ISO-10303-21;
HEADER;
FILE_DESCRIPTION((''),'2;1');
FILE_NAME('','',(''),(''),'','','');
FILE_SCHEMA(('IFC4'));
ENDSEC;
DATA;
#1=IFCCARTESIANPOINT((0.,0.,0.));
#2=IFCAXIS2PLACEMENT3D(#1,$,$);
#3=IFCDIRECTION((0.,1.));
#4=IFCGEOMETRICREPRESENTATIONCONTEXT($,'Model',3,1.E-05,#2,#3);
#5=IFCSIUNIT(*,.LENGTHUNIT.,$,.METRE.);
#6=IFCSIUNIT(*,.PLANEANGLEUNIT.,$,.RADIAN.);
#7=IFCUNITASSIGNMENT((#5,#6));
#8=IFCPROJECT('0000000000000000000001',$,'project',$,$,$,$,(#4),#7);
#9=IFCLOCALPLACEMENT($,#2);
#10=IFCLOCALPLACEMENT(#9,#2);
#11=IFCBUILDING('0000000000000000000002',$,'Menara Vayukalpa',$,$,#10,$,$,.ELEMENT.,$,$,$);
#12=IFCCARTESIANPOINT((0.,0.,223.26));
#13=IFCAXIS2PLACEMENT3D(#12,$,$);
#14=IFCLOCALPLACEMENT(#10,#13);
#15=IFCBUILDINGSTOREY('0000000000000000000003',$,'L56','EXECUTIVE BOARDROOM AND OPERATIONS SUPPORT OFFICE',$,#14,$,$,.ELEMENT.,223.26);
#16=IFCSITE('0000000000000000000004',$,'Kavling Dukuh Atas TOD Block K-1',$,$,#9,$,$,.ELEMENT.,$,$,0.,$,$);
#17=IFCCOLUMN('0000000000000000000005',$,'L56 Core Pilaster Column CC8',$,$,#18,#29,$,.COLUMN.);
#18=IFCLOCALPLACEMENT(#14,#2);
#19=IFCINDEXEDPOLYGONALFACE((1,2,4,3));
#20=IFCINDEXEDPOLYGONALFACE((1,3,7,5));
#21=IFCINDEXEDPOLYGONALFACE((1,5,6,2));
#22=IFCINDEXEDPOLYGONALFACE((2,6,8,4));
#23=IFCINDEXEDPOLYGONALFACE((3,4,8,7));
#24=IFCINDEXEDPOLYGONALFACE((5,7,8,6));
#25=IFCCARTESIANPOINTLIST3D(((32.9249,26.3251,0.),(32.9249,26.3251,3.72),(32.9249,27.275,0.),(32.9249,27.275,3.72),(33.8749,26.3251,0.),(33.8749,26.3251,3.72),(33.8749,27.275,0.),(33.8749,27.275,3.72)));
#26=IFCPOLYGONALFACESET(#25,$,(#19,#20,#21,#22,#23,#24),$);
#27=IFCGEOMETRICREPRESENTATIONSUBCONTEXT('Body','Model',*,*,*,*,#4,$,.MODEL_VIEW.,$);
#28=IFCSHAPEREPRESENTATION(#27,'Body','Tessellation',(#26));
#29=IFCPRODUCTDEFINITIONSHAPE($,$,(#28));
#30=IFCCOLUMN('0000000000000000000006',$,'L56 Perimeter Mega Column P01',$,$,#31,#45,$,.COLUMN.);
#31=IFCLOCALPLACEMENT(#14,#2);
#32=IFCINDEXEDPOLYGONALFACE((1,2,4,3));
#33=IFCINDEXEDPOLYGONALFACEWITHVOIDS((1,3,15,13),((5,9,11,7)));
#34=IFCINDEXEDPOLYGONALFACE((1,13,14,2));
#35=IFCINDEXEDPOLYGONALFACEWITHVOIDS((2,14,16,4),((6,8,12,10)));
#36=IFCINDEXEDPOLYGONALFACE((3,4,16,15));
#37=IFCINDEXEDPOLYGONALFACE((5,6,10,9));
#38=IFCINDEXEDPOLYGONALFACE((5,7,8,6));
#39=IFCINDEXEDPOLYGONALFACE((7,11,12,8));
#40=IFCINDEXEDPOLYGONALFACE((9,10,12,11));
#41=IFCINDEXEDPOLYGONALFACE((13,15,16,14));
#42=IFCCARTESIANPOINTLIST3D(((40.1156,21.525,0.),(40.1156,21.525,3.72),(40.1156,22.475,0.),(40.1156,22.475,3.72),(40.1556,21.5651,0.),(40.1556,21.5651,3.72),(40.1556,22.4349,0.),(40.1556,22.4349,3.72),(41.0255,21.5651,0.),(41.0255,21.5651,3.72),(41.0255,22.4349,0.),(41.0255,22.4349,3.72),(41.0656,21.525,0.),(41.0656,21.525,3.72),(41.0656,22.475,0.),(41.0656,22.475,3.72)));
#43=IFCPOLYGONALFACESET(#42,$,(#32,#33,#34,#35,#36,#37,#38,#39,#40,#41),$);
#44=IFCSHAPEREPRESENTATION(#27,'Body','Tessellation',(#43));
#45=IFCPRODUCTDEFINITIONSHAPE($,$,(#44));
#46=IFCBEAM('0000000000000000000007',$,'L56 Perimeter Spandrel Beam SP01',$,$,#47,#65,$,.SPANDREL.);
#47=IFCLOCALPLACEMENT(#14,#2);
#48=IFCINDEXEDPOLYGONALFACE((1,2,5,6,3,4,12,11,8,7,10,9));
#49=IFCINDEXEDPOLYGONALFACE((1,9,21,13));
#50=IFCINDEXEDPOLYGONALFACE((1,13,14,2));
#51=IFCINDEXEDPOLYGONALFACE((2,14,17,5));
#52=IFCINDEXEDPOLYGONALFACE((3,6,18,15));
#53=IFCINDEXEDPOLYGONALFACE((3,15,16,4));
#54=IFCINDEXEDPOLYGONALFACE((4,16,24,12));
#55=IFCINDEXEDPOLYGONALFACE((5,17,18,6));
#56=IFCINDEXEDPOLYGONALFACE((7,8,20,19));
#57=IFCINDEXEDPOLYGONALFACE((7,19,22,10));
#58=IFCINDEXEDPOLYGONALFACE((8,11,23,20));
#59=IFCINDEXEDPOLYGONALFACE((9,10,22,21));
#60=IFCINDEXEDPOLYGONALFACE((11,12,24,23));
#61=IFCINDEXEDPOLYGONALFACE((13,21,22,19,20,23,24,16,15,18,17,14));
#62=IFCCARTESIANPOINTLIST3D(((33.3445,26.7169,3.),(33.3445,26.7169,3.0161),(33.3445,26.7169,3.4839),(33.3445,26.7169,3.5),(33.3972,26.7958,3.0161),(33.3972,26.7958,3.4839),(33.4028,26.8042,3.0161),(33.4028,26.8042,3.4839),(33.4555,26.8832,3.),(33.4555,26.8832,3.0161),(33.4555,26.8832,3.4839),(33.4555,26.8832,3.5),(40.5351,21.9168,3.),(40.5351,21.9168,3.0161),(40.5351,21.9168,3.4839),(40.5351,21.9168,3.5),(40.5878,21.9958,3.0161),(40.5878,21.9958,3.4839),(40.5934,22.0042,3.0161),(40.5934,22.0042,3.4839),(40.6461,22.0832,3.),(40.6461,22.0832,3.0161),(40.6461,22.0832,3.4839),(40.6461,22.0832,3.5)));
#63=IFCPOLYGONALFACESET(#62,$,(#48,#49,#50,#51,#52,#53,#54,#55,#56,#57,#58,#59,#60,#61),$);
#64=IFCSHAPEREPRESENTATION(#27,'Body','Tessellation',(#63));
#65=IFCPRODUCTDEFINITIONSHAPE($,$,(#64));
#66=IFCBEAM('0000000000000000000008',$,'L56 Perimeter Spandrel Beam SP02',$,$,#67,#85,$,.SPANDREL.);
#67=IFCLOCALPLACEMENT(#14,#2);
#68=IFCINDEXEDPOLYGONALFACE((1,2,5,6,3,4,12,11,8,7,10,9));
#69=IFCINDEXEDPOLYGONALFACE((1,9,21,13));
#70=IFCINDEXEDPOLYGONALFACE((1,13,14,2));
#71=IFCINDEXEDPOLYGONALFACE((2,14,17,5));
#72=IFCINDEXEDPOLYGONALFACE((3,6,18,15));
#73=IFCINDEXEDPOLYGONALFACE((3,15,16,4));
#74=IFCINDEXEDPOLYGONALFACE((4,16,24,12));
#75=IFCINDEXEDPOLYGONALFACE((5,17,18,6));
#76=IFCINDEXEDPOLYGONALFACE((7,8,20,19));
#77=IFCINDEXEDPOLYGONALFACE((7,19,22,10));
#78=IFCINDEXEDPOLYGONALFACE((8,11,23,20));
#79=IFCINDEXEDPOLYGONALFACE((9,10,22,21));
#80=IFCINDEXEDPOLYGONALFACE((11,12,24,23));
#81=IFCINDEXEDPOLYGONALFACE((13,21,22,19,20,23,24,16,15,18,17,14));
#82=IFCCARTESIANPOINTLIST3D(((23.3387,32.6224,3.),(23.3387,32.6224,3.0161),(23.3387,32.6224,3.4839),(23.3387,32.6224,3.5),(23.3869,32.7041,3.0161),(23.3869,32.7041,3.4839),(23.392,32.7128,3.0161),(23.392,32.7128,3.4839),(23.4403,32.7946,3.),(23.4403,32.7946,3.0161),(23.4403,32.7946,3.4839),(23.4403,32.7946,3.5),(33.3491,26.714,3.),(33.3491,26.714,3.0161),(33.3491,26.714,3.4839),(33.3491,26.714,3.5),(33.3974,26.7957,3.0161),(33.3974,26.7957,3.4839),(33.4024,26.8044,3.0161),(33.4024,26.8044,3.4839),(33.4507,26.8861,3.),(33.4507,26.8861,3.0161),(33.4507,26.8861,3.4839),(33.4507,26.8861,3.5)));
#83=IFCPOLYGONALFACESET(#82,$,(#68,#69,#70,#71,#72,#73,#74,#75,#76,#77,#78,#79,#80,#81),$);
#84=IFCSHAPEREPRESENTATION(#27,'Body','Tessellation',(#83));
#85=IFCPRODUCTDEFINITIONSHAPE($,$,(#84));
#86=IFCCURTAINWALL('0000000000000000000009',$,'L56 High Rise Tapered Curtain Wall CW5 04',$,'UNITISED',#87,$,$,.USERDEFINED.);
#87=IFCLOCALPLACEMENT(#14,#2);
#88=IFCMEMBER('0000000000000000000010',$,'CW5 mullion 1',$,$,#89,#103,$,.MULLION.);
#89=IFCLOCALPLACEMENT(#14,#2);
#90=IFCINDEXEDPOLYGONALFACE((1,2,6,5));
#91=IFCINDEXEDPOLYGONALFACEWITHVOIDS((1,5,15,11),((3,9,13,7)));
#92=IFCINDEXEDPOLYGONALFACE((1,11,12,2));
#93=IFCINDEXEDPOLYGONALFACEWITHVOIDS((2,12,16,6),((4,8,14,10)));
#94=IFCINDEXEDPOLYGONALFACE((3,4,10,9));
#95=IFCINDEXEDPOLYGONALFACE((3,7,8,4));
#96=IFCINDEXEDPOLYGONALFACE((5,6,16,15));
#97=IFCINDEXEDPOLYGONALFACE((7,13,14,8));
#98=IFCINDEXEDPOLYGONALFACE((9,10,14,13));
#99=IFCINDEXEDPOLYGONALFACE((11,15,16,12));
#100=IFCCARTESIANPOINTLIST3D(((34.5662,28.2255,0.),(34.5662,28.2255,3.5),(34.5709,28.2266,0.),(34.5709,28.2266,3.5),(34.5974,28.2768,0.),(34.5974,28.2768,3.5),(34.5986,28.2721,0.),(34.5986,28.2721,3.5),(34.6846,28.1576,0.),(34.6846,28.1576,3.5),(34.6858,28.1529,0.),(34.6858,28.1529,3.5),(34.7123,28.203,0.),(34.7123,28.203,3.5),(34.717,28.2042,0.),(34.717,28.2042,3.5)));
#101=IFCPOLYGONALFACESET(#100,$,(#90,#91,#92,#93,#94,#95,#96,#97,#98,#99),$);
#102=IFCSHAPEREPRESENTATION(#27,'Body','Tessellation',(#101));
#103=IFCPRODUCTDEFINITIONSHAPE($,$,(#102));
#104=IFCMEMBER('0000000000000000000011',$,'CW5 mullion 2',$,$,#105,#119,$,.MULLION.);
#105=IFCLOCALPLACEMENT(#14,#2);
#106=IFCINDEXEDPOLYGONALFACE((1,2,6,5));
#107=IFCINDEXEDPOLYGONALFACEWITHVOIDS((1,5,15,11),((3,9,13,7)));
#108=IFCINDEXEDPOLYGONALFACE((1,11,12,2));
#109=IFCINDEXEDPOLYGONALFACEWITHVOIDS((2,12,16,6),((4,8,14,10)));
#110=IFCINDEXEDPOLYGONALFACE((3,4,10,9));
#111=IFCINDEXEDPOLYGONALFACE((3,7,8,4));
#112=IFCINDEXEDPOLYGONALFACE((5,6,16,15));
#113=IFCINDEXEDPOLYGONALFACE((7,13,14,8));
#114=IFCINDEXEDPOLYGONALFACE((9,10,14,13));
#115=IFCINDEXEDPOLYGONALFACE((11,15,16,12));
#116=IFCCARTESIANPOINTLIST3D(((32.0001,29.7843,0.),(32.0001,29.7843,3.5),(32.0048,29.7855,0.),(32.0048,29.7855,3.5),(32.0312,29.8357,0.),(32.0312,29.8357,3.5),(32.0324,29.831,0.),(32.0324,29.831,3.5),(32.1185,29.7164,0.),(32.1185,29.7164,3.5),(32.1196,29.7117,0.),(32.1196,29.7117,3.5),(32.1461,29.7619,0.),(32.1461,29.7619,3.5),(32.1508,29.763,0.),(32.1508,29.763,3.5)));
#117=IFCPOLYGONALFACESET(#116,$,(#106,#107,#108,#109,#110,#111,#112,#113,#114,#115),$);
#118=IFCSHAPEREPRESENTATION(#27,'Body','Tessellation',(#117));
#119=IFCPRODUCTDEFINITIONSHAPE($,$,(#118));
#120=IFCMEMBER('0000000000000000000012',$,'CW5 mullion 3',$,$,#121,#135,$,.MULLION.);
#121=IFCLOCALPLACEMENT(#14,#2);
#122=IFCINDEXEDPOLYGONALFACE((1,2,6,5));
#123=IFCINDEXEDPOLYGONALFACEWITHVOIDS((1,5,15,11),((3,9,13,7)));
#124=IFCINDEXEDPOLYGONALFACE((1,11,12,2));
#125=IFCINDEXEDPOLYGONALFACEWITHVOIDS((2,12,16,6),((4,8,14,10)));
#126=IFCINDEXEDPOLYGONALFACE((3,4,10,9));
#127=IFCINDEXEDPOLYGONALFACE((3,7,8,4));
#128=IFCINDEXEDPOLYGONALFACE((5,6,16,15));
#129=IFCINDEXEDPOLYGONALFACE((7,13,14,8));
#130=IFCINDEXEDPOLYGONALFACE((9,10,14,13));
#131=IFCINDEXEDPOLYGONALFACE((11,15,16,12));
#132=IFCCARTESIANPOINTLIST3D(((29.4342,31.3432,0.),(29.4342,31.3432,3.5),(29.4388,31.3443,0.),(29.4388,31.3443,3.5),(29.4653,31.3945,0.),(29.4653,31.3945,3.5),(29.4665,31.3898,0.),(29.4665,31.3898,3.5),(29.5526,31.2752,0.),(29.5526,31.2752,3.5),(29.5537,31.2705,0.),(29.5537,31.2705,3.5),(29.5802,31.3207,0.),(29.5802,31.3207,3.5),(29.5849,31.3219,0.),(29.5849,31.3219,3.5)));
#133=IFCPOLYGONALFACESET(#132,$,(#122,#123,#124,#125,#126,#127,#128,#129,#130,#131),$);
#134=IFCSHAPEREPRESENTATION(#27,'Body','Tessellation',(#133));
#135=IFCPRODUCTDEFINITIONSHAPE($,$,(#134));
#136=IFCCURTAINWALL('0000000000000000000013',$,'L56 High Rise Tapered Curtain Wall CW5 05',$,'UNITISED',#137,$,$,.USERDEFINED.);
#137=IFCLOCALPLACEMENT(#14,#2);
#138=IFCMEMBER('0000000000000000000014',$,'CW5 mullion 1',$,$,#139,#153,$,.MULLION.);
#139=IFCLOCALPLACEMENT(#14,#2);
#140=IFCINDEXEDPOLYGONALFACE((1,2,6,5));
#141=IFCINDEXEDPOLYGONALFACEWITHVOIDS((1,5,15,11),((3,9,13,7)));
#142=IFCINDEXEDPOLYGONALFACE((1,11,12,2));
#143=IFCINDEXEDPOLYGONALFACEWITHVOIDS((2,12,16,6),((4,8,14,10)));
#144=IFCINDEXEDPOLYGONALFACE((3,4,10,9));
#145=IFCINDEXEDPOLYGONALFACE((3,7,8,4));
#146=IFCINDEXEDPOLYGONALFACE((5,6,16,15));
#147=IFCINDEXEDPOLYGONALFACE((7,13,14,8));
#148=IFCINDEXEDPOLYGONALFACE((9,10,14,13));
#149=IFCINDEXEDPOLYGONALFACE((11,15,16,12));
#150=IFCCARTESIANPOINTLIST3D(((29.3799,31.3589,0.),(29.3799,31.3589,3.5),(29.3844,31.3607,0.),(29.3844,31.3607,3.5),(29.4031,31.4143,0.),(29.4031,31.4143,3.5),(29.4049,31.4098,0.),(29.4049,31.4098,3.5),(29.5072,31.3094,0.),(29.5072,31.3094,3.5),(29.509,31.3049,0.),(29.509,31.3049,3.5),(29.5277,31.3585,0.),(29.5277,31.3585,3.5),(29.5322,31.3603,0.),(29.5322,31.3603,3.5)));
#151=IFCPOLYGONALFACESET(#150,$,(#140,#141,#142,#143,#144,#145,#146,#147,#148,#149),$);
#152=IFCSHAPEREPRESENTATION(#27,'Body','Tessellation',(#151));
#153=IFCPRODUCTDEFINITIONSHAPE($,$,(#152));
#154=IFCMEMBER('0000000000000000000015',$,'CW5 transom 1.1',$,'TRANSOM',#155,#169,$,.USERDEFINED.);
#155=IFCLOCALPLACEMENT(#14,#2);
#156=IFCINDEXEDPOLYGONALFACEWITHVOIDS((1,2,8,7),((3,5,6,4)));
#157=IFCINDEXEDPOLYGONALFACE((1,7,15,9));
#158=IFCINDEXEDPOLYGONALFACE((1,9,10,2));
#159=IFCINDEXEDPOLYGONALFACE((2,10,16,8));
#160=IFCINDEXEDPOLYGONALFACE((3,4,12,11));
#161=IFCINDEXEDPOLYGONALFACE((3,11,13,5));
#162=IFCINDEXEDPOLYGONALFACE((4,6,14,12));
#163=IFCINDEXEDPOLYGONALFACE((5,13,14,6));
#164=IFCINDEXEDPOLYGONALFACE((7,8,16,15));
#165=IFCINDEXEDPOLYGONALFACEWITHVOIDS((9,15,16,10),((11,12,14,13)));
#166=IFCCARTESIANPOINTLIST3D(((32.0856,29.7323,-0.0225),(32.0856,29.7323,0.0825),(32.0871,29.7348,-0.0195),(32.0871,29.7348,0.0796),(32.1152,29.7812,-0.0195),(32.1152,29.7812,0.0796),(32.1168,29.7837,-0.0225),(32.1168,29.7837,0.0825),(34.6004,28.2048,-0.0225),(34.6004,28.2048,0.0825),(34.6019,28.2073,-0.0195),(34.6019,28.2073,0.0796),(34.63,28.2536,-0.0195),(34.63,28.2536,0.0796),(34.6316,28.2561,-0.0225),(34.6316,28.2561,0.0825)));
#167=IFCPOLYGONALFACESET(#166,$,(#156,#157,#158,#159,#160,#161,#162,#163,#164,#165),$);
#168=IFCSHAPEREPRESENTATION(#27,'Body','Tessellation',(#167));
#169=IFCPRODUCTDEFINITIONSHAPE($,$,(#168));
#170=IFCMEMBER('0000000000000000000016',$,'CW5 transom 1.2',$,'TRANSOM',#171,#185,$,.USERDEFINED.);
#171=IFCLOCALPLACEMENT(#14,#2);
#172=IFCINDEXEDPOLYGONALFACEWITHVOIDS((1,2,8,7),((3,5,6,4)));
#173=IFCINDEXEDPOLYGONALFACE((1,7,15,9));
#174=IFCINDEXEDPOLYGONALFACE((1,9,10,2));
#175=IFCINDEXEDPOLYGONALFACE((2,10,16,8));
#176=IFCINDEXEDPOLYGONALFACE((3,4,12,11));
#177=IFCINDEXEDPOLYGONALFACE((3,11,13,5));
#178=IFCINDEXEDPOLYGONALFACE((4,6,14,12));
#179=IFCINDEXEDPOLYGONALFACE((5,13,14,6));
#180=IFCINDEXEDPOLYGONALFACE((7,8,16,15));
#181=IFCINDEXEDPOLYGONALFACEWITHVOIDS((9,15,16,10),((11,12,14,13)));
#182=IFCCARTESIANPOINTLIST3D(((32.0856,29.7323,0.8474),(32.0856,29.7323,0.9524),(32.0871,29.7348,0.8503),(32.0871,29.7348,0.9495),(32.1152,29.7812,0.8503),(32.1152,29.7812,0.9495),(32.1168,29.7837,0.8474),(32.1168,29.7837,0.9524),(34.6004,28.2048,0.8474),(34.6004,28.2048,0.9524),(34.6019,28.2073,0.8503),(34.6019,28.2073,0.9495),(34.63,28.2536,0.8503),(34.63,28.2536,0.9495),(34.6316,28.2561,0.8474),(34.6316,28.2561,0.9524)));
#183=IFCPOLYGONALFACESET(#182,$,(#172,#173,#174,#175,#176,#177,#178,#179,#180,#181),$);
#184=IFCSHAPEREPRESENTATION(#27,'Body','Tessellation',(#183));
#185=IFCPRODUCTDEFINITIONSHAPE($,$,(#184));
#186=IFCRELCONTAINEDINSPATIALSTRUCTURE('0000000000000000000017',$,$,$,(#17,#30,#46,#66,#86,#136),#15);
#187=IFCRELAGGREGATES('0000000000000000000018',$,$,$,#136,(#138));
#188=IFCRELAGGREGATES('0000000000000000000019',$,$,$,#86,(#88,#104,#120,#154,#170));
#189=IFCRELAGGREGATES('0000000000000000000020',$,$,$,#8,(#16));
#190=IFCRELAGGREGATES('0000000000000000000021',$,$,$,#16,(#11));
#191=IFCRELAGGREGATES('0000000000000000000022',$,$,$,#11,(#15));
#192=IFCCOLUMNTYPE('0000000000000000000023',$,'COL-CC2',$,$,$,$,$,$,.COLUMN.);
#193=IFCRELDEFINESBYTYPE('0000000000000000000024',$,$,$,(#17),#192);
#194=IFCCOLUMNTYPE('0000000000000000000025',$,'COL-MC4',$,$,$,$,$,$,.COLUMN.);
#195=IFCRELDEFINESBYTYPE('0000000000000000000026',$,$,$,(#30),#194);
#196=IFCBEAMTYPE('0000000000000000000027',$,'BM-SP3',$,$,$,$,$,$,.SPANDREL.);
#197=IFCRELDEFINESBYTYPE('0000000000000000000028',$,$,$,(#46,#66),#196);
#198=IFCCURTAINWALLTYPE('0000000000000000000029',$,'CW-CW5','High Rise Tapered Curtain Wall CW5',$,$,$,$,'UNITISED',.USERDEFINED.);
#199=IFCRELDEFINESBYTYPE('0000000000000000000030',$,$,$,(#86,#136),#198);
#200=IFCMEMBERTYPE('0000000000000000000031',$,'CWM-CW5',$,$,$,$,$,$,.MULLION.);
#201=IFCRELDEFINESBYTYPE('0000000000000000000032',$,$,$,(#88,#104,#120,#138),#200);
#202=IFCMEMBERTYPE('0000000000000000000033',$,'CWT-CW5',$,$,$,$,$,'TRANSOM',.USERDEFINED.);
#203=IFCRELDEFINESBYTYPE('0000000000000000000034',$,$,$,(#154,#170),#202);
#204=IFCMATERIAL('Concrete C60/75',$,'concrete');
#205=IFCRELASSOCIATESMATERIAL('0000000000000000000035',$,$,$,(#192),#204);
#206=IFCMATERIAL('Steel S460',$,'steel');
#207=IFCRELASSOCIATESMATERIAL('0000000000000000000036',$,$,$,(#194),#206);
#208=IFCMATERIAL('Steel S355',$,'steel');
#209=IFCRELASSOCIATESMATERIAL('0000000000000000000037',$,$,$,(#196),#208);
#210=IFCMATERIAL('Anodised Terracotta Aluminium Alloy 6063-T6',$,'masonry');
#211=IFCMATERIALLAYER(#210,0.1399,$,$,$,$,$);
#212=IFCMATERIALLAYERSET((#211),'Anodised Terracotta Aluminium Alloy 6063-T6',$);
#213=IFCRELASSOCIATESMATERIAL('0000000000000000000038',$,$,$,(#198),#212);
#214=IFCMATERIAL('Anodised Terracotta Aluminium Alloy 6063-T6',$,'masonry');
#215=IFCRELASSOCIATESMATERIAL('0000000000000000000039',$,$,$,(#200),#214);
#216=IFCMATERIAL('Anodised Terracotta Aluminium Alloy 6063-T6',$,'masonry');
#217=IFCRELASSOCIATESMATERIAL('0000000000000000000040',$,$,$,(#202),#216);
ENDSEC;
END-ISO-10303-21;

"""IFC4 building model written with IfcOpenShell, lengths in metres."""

from ifc_helpers import new_model, si_unit, direction, frame, origin, origin_2d, place, context, subcontext, project, spatial, rectangle, hollow_rectangle, i_section, extrude, material, layer, layer_set, material_profile, profile_set, type_object, element, aggregate, save


model = new_model("IFC4")

# Units and contexts
model_context = context("Model", 3, precision=1e-05, world=origin(), true_north=direction((0.0, 1.0)))
body_context = subcontext(model_context, "Body", "Model", "MODEL_VIEW")
ifc_project = project(units=[si_unit("LENGTHUNIT", "METRE"), si_unit("PLANEANGLEUNIT", "RADIAN")], contexts=[model_context])

# Site, building, storey
site_placement = place(None, origin())
site = spatial("IfcSite", under=ifc_project, at=site_placement, Name="Kavling Dukuh Atas TOD Block K-1", CompositionType="ELEMENT", RefElevation=0.0)
building_placement = place(site_placement, origin())
building = spatial("IfcBuilding", under=site, at=building_placement, Name="Menara Vayukalpa", CompositionType="ELEMENT")
storey_placement = place(building_placement, frame((0.0, 0.0, 223.26)))
storey = spatial("IfcBuildingStorey", under=building, at=storey_placement, Name="L56", Description="EXECUTIVE BOARDROOM AND OPERATIONS SUPPORT OFFICE", CompositionType="ELEMENT", Elevation=223.26)

# Columns
ifc_material_1 = material(Name="Concrete C60/75", Category="concrete")
ifc_material_profile_1 = material_profile(ifc_material_1, rectangle(XDim=0.95, YDim=0.95, at=origin_2d()), Name="RC 950x950")
ifc_profile_set_1 = profile_set([ifc_material_profile_1], Name="Concrete C60/75")
column_type_1 = type_object("IfcColumnType", Name="COL-CC2", PredefinedType="COLUMN", material=ifc_profile_set_1)
column_1_placement = place(storey_placement, frame((33.3999, 26.8, 0.0), z_axis=(0.0, 0.0, 1.0), x_axis=(1.0, 0.0, 0.0)))
element("IfcColumn", 1, at=column_1_placement, inside=storey, type_object=column_type_1, Name="L56 Core Pilaster Column CC8", PredefinedType="COLUMN", context=body_context, shape_type="SweptSolid", body=[
    extrude(rectangle(XDim=0.95, YDim=0.95, at=origin_2d()), origin(), (0.0, 0.0, 1.0), 3.72),
])
ifc_material_2 = material(Name="Steel S460", Category="steel")
ifc_material_profile_2 = material_profile(ifc_material_2, hollow_rectangle(XDim=0.95, YDim=0.95, WallThickness=0.04, at=origin_2d()), Name="BOX 950x950x40")
ifc_profile_set_2 = profile_set([ifc_material_profile_2], Name="Steel S460")
column_type_2 = type_object("IfcColumnType", Name="COL-MC4", PredefinedType="COLUMN", material=ifc_profile_set_2)
column_2_placement = place(storey_placement, frame((40.5906, 22.0, 0.0), z_axis=(0.0, 0.0, 1.0), x_axis=(1.0, 0.0, 0.0)))
element("IfcColumn", 2, at=column_2_placement, inside=storey, type_object=column_type_2, Name="L56 Perimeter Mega Column P01", PredefinedType="COLUMN", context=body_context, shape_type="SweptSolid", body=[
    extrude(hollow_rectangle(XDim=0.95, YDim=0.95, WallThickness=0.04, at=origin_2d()), origin(), (0.0, 0.0, 1.0), 3.72),
])

# Beams
ifc_material_3 = material(Name="Steel S355", Category="steel")
ifc_material_profile_3 = material_profile(ifc_material_3, i_section(OverallWidth=0.2, OverallDepth=0.5, WebThickness=0.01, FlangeThickness=0.0161, at=origin_2d()), Name="WF 500x200x10x16")
ifc_profile_set_3 = profile_set([ifc_material_profile_3], Name="Steel S355")
beam_type = type_object("IfcBeamType", Name="BM-SP3", PredefinedType="SPANDREL", material=ifc_profile_set_3)
beam_1_placement = place(storey_placement, frame((40.5906, 22.0, 3.25), z_axis=(-0.831716, 0.555202, 0.0), x_axis=(-0.555202, -0.831716, 0.0)))
element("IfcBeam", 3, at=beam_1_placement, inside=storey, type_object=beam_type, Name="L56 Perimeter Spandrel Beam SP01", PredefinedType="SPANDREL", context=body_context, shape_type="SweptSolid", body=[
    extrude(i_section(OverallWidth=0.2, OverallDepth=0.5, WebThickness=0.01, FlangeThickness=0.0161, at=origin_2d()), origin(), (0.0, 0.0, 1.0), 8.6455),
])
beam_2_placement = place(storey_placement, frame((33.3999, 26.8, 3.25), z_axis=(-0.861184, 0.508293, 0.0), x_axis=(-0.508293, -0.861184, 0.0)))
element("IfcBeam", 4, at=beam_2_placement, inside=storey, type_object=beam_type, Name="L56 Perimeter Spandrel Beam SP02", PredefinedType="SPANDREL", context=body_context, shape_type="SweptSolid", body=[
    extrude(i_section(OverallWidth=0.2, OverallDepth=0.5, WebThickness=0.01, FlangeThickness=0.0161, at=origin_2d()), origin(), (0.0, 0.0, 1.0), 11.624),
])

# Curtain wall, members
ifc_material_4 = material(Name="Anodised Terracotta Aluminium Alloy 6063-T6", Category="masonry")
ifc_layer_1 = layer(ifc_material_4, 0.1399)
ifc_layer_set_1 = layer_set([ifc_layer_1], Name="Anodised Terracotta Aluminium Alloy 6063-T6")
curtain_wall_type = type_object("IfcCurtainWallType", Name="CW-CW5", Description="High Rise Tapered Curtain Wall CW5", ElementType="UNITISED", PredefinedType="USERDEFINED", material=ifc_layer_set_1)
curtain_wall_1_placement = place(storey_placement, origin())
curtain_wall_1 = element("IfcCurtainWall", 5, at=curtain_wall_1_placement, inside=storey, type_object=curtain_wall_type, Name="L56 High Rise Tapered Curtain Wall CW5 04", ObjectType="UNITISED", PredefinedType="USERDEFINED")
ifc_material_5 = material(Name="Anodised Terracotta Aluminium Alloy 6063-T6", Category="masonry")
ifc_material_profile_4 = material_profile(ifc_material_5, hollow_rectangle(XDim=0.0601, YDim=0.1399, WallThickness=0.0034, at=origin_2d()), Name="ALU 60x140x3.5")
ifc_profile_set_4 = profile_set([ifc_material_profile_4], Name="Anodised Terracotta Aluminium Alloy 6063-T6")
member_type_1 = type_object("IfcMemberType", Name="CWM-CW5", PredefinedType="MULLION", material=ifc_profile_set_4)
member_1_placement = place(storey_placement, frame((34.6416, 28.2148, 0.0), z_axis=(0.0, 0.0, 1.0), x_axis=(-0.51918, -0.854665, 0.0)))
member_1 = element("IfcMember", 6, at=member_1_placement, type_object=member_type_1, Name="CW5 mullion 1", PredefinedType="MULLION", context=body_context, shape_type="SweptSolid", body=[
    extrude(hollow_rectangle(XDim=0.0601, YDim=0.1399, WallThickness=0.0034, at=origin_2d()), origin(), (0.0, 0.0, 1.0), 3.5),
])
member_2_placement = place(storey_placement, frame((32.0754, 29.7737, 0.0), z_axis=(0.0, 0.0, 1.0), x_axis=(-0.51918, -0.854665, 0.0)))
member_2 = element("IfcMember", 7, at=member_2_placement, type_object=member_type_1, Name="CW5 mullion 2", PredefinedType="MULLION", context=body_context, shape_type="SweptSolid", body=[
    extrude(hollow_rectangle(XDim=0.0601, YDim=0.1399, WallThickness=0.0034, at=origin_2d()), origin(), (0.0, 0.0, 1.0), 3.5),
])
member_3_placement = place(storey_placement, frame((29.5095, 31.3325, 0.0), z_axis=(0.0, 0.0, 1.0), x_axis=(-0.51918, -0.854665, 0.0)))
member_3 = element("IfcMember", 8, at=member_3_placement, type_object=member_type_1, Name="CW5 mullion 3", PredefinedType="MULLION", context=body_context, shape_type="SweptSolid", body=[
    extrude(hollow_rectangle(XDim=0.0601, YDim=0.1399, WallThickness=0.0034, at=origin_2d()), origin(), (0.0, 0.0, 1.0), 3.5),
])

# Curtain wall, member
curtain_wall_2_placement = place(storey_placement, origin())
curtain_wall_2 = element("IfcCurtainWall", 9, at=curtain_wall_2_placement, inside=storey, type_object=curtain_wall_type, Name="L56 High Rise Tapered Curtain Wall CW5 05", ObjectType="UNITISED", PredefinedType="USERDEFINED")
member_4_placement = place(storey_placement, frame((29.4561, 31.3596, 0.0), z_axis=(0.0, 0.0, 1.0), x_axis=(-0.385903, -0.922539, 0.0)))
member_4 = element("IfcMember", 10, at=member_4_placement, type_object=member_type_1, Name="CW5 mullion 1", PredefinedType="MULLION", context=body_context, shape_type="SweptSolid", body=[
    extrude(hollow_rectangle(XDim=0.0601, YDim=0.1399, WallThickness=0.0034, at=origin_2d()), origin(), (0.0, 0.0, 1.0), 3.5),
])

# Members
ifc_material_6 = material(Name="Anodised Terracotta Aluminium Alloy 6063-T6", Category="masonry")
ifc_material_profile_5 = material_profile(ifc_material_6, hollow_rectangle(XDim=0.0601, YDim=0.105, WallThickness=0.0029, at=origin_2d()), Name="ALU 60x105x3")
ifc_profile_set_5 = profile_set([ifc_material_profile_5], Name="Anodised Terracotta Aluminium Alloy 6063-T6")
member_type_2 = type_object("IfcMemberType", Name="CWT-CW5", ElementType="TRANSOM", PredefinedType="USERDEFINED", material=ifc_profile_set_5)
member_5_placement = place(storey_placement, frame((34.616, 28.2305, 0.03), z_axis=(-0.854684, 0.519149, 0.0), x_axis=(-0.519149, -0.854684, 0.0)))
member_5 = element("IfcMember", 11, at=member_5_placement, type_object=member_type_2, Name="CW5 transom 1.1", ObjectType="TRANSOM", PredefinedType="USERDEFINED", context=body_context, shape_type="SweptSolid", body=[
    extrude(hollow_rectangle(XDim=0.0601, YDim=0.105, WallThickness=0.0029, at=origin_2d()), origin(), (0.0, 0.0, 1.0), 2.9424),
])
member_6_placement = place(storey_placement, frame((34.616, 28.2305, 0.8999), z_axis=(-0.854684, 0.519149, 0.0), x_axis=(-0.519149, -0.854684, 0.0)))
member_6 = element("IfcMember", 12, at=member_6_placement, type_object=member_type_2, Name="CW5 transom 1.2", ObjectType="TRANSOM", PredefinedType="USERDEFINED", context=body_context, shape_type="SweptSolid", body=[
    extrude(hollow_rectangle(XDim=0.0601, YDim=0.105, WallThickness=0.0029, at=origin_2d()), origin(), (0.0, 0.0, 1.0), 2.9424),
])
aggregate(curtain_wall_2, [member_4])

aggregate(curtain_wall_1, [member_1, member_2, member_3, member_5, member_6])

save(model, "model.ifc")
